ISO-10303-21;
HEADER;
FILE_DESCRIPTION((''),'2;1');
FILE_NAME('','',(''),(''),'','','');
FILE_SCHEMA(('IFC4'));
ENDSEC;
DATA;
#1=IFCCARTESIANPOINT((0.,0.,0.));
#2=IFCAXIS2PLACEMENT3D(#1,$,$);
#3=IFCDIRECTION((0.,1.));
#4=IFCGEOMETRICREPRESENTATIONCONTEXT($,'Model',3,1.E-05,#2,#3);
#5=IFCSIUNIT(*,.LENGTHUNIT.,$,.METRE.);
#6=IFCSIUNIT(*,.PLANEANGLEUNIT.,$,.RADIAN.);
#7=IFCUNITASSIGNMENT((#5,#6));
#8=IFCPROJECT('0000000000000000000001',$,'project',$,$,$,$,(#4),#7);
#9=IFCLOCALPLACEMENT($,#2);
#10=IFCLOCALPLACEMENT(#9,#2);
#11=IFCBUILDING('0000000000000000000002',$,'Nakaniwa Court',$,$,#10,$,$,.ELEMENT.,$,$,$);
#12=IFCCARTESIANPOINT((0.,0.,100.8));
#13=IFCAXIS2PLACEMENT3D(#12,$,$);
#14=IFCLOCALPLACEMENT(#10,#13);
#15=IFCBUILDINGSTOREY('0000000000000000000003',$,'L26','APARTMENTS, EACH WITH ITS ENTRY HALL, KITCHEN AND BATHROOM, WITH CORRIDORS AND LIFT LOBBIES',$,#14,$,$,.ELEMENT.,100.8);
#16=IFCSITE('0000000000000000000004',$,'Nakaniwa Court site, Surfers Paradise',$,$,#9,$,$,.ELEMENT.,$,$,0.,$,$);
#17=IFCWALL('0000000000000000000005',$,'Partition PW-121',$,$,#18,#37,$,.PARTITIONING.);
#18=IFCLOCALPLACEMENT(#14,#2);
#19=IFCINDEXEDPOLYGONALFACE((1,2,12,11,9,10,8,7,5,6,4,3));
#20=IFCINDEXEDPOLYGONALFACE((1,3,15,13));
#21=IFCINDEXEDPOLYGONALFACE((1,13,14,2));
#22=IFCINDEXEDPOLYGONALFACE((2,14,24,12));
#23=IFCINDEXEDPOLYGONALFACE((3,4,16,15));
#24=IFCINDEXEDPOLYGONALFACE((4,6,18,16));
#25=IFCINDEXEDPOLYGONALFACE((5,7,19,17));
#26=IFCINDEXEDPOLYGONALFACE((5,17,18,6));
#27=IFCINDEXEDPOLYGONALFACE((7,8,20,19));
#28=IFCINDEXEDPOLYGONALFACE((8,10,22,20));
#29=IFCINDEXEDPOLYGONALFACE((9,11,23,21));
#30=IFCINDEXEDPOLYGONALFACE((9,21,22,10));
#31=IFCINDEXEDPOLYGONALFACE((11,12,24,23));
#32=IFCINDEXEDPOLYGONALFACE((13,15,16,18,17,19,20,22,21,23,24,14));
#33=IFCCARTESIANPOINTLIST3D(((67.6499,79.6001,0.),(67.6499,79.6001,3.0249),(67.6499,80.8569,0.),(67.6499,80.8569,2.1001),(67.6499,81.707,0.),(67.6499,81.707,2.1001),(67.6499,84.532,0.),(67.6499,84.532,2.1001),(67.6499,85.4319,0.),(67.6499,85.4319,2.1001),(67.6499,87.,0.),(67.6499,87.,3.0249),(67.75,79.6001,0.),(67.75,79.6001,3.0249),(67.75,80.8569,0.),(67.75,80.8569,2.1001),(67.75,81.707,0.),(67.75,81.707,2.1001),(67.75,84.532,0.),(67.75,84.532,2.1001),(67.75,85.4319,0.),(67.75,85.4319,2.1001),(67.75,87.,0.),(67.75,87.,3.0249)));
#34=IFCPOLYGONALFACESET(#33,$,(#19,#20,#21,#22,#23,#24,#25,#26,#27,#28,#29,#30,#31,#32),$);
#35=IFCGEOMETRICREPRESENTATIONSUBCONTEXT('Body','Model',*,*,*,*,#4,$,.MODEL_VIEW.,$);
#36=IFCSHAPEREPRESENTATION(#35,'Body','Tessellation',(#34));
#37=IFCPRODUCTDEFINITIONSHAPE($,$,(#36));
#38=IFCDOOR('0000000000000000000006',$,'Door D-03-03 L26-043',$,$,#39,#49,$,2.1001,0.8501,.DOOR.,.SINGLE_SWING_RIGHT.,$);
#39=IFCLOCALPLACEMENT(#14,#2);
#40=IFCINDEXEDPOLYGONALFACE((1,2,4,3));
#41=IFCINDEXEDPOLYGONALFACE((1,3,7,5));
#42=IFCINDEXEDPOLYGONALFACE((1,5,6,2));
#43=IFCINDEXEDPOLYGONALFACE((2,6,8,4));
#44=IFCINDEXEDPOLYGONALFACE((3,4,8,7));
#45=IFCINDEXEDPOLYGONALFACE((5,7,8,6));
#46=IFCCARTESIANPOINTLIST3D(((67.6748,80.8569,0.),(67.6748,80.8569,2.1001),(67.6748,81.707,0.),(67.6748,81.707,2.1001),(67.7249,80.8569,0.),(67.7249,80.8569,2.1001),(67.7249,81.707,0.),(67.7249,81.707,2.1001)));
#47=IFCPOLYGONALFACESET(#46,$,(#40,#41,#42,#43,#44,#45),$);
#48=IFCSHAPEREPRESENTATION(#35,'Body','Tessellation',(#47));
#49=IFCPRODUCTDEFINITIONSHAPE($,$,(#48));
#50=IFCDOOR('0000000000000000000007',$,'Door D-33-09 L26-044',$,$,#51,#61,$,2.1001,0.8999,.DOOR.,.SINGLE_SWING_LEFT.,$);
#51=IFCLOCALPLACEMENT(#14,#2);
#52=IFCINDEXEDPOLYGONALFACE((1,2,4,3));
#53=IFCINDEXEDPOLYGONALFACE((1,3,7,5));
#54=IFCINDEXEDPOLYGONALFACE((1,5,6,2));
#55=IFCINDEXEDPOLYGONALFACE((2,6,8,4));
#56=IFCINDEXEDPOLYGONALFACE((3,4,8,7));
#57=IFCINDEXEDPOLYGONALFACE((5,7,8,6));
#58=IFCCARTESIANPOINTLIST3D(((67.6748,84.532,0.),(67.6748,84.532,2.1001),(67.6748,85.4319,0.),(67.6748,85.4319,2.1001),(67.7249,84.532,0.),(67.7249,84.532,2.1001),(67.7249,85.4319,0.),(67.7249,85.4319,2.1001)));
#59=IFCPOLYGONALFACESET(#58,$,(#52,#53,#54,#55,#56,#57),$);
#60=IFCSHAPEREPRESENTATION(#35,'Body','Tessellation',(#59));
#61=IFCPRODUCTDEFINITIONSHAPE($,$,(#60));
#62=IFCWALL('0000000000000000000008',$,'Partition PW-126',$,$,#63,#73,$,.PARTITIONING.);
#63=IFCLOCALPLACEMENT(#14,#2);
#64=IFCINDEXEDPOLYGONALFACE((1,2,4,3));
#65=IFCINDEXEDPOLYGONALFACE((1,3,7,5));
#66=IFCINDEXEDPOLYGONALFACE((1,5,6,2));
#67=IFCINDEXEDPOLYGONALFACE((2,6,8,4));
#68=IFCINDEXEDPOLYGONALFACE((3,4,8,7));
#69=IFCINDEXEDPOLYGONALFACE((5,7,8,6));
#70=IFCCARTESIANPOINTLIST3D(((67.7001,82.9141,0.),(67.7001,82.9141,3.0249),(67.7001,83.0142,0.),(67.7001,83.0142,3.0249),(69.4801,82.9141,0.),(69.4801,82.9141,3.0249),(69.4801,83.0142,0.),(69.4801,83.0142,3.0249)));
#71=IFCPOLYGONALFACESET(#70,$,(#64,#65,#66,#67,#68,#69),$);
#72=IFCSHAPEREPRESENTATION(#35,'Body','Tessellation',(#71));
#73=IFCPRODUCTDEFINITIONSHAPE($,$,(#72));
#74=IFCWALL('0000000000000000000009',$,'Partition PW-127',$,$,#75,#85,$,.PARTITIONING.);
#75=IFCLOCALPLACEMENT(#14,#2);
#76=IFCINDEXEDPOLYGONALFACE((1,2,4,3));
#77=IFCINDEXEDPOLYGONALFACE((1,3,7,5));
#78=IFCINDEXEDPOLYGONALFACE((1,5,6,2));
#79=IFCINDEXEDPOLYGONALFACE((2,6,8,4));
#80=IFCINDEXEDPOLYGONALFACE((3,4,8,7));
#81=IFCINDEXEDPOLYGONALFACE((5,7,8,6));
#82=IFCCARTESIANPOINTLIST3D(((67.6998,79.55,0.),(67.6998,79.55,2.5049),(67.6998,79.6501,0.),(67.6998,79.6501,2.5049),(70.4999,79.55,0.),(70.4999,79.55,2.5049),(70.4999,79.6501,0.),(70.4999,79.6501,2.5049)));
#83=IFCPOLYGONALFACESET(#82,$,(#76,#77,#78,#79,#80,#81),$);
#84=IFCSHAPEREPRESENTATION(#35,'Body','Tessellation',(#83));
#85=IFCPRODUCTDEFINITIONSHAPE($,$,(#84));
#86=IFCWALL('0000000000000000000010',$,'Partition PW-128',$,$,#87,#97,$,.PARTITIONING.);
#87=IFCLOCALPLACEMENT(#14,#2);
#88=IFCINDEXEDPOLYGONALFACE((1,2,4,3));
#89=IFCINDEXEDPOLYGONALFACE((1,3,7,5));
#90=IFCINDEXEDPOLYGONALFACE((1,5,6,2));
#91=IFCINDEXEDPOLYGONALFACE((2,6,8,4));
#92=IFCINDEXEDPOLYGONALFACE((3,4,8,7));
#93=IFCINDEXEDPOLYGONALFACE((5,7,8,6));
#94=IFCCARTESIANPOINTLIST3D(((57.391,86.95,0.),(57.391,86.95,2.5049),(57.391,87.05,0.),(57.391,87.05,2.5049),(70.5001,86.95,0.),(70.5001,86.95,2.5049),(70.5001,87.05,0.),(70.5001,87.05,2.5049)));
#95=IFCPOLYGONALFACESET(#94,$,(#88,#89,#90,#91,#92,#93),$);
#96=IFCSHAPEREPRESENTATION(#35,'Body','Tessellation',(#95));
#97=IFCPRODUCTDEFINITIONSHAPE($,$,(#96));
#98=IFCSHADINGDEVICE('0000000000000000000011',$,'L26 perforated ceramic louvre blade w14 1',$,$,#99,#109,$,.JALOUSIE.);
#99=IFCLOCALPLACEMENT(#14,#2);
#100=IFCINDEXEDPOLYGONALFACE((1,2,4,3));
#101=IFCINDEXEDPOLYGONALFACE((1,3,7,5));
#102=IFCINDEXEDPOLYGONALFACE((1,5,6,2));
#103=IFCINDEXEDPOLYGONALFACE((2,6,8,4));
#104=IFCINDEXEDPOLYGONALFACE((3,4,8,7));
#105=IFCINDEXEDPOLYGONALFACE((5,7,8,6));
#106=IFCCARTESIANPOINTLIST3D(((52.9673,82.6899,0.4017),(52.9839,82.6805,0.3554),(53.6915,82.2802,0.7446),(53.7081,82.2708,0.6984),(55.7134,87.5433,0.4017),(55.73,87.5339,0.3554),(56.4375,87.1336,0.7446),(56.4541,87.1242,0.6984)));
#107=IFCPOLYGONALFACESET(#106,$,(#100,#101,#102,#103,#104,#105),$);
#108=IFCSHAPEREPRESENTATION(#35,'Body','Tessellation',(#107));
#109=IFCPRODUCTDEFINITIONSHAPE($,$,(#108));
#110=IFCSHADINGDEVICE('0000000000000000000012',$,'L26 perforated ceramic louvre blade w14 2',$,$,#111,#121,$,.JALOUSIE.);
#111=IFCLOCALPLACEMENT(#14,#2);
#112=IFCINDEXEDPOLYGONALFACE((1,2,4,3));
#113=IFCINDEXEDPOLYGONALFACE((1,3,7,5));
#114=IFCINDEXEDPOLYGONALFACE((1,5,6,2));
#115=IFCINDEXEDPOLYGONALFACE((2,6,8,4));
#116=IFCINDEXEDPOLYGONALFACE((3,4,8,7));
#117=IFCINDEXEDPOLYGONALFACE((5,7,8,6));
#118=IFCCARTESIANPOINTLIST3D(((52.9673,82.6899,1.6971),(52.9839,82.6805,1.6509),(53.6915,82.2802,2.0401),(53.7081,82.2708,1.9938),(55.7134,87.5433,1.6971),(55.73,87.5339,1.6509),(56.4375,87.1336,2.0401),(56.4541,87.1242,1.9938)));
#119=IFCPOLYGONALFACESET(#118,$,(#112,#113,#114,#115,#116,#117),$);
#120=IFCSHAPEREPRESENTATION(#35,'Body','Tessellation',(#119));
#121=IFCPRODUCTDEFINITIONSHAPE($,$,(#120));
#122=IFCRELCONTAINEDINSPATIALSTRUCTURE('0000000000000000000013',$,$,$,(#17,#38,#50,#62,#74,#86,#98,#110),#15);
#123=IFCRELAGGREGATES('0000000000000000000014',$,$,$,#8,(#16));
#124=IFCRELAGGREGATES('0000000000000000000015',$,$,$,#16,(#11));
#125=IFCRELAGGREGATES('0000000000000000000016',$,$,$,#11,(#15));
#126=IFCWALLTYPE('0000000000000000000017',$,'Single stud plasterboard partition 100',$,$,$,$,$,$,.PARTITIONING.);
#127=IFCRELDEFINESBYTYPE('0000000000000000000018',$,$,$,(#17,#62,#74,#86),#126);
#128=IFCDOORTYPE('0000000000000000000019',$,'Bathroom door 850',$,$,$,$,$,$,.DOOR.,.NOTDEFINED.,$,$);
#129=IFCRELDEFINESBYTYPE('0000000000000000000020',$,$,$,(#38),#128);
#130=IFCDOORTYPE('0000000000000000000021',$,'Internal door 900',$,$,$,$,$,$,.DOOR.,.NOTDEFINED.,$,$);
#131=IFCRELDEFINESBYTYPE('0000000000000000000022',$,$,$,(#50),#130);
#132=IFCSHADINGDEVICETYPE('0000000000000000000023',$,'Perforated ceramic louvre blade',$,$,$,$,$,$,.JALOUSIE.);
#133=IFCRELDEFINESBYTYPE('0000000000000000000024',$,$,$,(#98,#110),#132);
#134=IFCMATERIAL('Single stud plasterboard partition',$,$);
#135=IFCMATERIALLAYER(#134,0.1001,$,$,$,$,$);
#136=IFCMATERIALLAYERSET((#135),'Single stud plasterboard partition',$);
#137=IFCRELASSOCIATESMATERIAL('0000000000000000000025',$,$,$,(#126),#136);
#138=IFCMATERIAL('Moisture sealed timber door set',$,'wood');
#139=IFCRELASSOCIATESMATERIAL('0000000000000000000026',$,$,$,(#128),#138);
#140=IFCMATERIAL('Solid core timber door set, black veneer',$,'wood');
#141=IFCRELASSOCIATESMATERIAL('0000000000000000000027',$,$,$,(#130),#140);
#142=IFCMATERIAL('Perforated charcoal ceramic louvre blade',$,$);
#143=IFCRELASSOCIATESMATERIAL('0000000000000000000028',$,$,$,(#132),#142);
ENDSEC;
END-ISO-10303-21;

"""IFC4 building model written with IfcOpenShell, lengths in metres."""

from ifc_helpers import new_model, si_unit, direction, frame, frame_2d, origin, origin_2d, place, context, subcontext, project, spatial, rectangle, extrude, material, layer, layer_set, material_profile, profile_set, type_object, element, fill, save


model = new_model("IFC4")

# Units and contexts
model_context = context("Model", 3, precision=1e-05, world=origin(), true_north=direction((0.0, 1.0)))
body_context = subcontext(model_context, "Body", "Model", "MODEL_VIEW")
ifc_project = project(units=[si_unit("LENGTHUNIT", "METRE"), si_unit("PLANEANGLEUNIT", "RADIAN")], contexts=[model_context])

# Site, building, storey
site_placement = place(None, origin())
site = spatial("IfcSite", under=ifc_project, at=site_placement, Name="Nakaniwa Court site, Surfers Paradise", CompositionType="ELEMENT", RefElevation=0.0)
building_placement = place(site_placement, origin())
building = spatial("IfcBuilding", under=site, at=building_placement, Name="Nakaniwa Court", CompositionType="ELEMENT")
storey_placement = place(building_placement, frame((0.0, 0.0, 100.8)))
storey = spatial("IfcBuildingStorey", under=building, at=storey_placement, Name="L26", Description="APARTMENTS, EACH WITH ITS ENTRY HALL, KITCHEN AND BATHROOM, WITH CORRIDORS AND LIFT LOBBIES", CompositionType="ELEMENT", Elevation=100.8)

# Wall, openings, doors
ifc_material_1 = material(Name="Single stud plasterboard partition")
ifc_layer_1 = layer(ifc_material_1, 0.1001)
ifc_layer_set_1 = layer_set([ifc_layer_1], Name="Single stud plasterboard partition")
wall_type_1 = type_object("IfcWallType", Name="Single stud plasterboard partition 100", PredefinedType="PARTITIONING", material=ifc_layer_set_1)
wall_1_placement = place(storey_placement, frame((67.7, 87.0, 0.0), z_axis=(0.0, 0.0, 1.0), x_axis=(0.0, -1.0, 0.0)))
wall_1 = element("IfcWall", 1, at=wall_1_placement, inside=storey, type_object=wall_type_1, Name="Partition PW-121", PredefinedType="PARTITIONING", context=body_context, shape_type="SweptSolid", body=[
    extrude(rectangle(XDim=7.3999, YDim=0.1001, at=frame_2d((3.7, 0.0))), origin(), (0.0, 0.0, 1.0), 3.0249),
])
opening_1_placement = place(wall_1_placement, frame((5.293, 0.0, 0.0)))
opening_1 = element("IfcOpeningElement", 2, at=opening_1_placement, cuts=wall_1, PredefinedType="OPENING", context=body_context, shape_type="SweptSolid", body=[
    extrude(rectangle(XDim=0.8501, YDim=2.1001, at=frame_2d((0.425, 1.05))), frame((0.0, 0.0601, 0.0), z_axis=(0.0, -1.0, 0.0), x_axis=(1.0, 0.0, 0.0)), (0.0, 0.0, 1.0), 0.1201),
])
opening_2_placement = place(wall_1_placement, frame((1.5681, 0.0, 0.0)))
opening_2 = element("IfcOpeningElement", 3, at=opening_2_placement, cuts=wall_1, PredefinedType="OPENING", context=body_context, shape_type="SweptSolid", body=[
    extrude(rectangle(XDim=0.8999, YDim=2.1001, at=frame_2d((0.45, 1.05))), frame((0.0, 0.0601, 0.0), z_axis=(0.0, -1.0, 0.0), x_axis=(1.0, 0.0, 0.0)), (0.0, 0.0, 1.0), 0.1201),
])
ifc_material_2 = material(Name="Moisture sealed timber door set", Category="wood")
door_type_1 = type_object("IfcDoorType", Name="Bathroom door 850", OperationType="NOTDEFINED", PredefinedType="DOOR", material=ifc_material_2)
door_1_placement = place(opening_1_placement, origin())
door_1 = element("IfcDoor", 4, at=door_1_placement, inside=storey, type_object=door_type_1, Name="Door D-03-03 L26-043", OperationType="SINGLE_SWING_RIGHT", OverallHeight=2.1001, OverallWidth=0.8501, PredefinedType="DOOR", context=body_context, shape_type="SweptSolid", body=[
    extrude(rectangle(XDim=0.8501, YDim=2.1001, at=frame_2d((0.425, 1.05))), frame((0.0, 0.0249, 0.0), z_axis=(0.0, -1.0, 0.0), x_axis=(1.0, 0.0, 0.0)), (0.0, 0.0, 1.0), 0.05),
])
fill(opening_1, door_1)
ifc_material_3 = material(Name="Solid core timber door set, black veneer", Category="wood")
door_type_2 = type_object("IfcDoorType", Name="Internal door 900", OperationType="NOTDEFINED", PredefinedType="DOOR", material=ifc_material_3)
door_2_placement = place(opening_2_placement, origin())
door_2 = element("IfcDoor", 5, at=door_2_placement, inside=storey, type_object=door_type_2, Name="Door D-33-09 L26-044", OperationType="SINGLE_SWING_LEFT", OverallHeight=2.1001, OverallWidth=0.8999, PredefinedType="DOOR", context=body_context, shape_type="SweptSolid", body=[
    extrude(rectangle(XDim=0.8999, YDim=2.1001, at=frame_2d((0.45, 1.05))), frame((0.0, 0.0249, 0.0), z_axis=(0.0, -1.0, 0.0), x_axis=(1.0, 0.0, 0.0)), (0.0, 0.0, 1.0), 0.05),
])
fill(opening_2, door_2)

# Walls
wall_2_placement = place(storey_placement, frame((67.7, 82.9641, 0.0), z_axis=(0.0, 0.0, 1.0), x_axis=(1.0, 0.0, 0.0)))
element("IfcWall", 6, at=wall_2_placement, inside=storey, type_object=wall_type_1, Name="Partition PW-126", PredefinedType="PARTITIONING", context=body_context, shape_type="SweptSolid", body=[
    extrude(rectangle(XDim=1.78, YDim=0.1001, at=frame_2d((0.8901, 0.0))), origin(), (0.0, 0.0, 1.0), 3.0249),
])
wall_3_placement = place(storey_placement, frame((67.7, 79.6001, 0.0), z_axis=(0.0, 0.0, 1.0), x_axis=(1.0, 0.0, 0.0)))
element("IfcWall", 7, at=wall_3_placement, inside=storey, type_object=wall_type_1, Name="Partition PW-127", PredefinedType="PARTITIONING", context=body_context, shape_type="SweptSolid", body=[
    extrude(rectangle(XDim=2.8, YDim=0.1001, at=frame_2d((1.3999, 0.0))), origin(), (0.0, 0.0, 1.0), 2.5049),
])
wall_4_placement = place(storey_placement, frame((57.3909, 87.0, 0.0), z_axis=(0.0, 0.0, 1.0), x_axis=(1.0, 0.0, 0.0)))
element("IfcWall", 8, at=wall_4_placement, inside=storey, type_object=wall_type_1, Name="Partition PW-128", PredefinedType="PARTITIONING", context=body_context, shape_type="SweptSolid", body=[
    extrude(rectangle(XDim=13.1091, YDim=0.1001, at=frame_2d((6.5547, 0.0))), origin(), (0.0, 0.0, 1.0), 2.5049),
])

# Shading devices
ifc_material_4 = material(Name="Perforated charcoal ceramic louvre blade")
ifc_material_profile_1 = material_profile(ifc_material_4, rectangle(XDim=0.8999, YDim=0.05, at=origin_2d()), Name="Perforated ceramic louvre blade")
ifc_profile_set_1 = profile_set([ifc_material_profile_1], Name="Perforated charcoal ceramic louvre blade")
shading_device_type = type_object("IfcShadingDeviceType", Name="Perforated ceramic louvre blade", PredefinedType="JALOUSIE", material=ifc_profile_set_1)
for number, where, z_axis, x_axis, name in (
    (9, (56.0837, 87.3337, 0.55), (-0.492438, -0.870347, 0.0), (0.804676, -0.455282, 0.38107), "L26 perforated ceramic louvre blade w14 1"),
    (10, (56.0837, 87.3337, 1.8455), (-0.492438, -0.870347, 0.0), (0.804676, -0.455282, 0.38107), "L26 perforated ceramic louvre blade w14 2"),
):
    element("IfcShadingDevice", number, at=place(storey_placement, frame(where, z_axis=z_axis, x_axis=x_axis)), inside=storey, type_object=shading_device_type, Name=name, PredefinedType="JALOUSIE", context=body_context, shape_type="SweptSolid", body=[
        extrude(rectangle(XDim=0.8999, YDim=0.05, at=origin_2d()), origin(), (0.0, 0.0, 1.0), 5.5764),
    ])

save(model, "model.ifc")
